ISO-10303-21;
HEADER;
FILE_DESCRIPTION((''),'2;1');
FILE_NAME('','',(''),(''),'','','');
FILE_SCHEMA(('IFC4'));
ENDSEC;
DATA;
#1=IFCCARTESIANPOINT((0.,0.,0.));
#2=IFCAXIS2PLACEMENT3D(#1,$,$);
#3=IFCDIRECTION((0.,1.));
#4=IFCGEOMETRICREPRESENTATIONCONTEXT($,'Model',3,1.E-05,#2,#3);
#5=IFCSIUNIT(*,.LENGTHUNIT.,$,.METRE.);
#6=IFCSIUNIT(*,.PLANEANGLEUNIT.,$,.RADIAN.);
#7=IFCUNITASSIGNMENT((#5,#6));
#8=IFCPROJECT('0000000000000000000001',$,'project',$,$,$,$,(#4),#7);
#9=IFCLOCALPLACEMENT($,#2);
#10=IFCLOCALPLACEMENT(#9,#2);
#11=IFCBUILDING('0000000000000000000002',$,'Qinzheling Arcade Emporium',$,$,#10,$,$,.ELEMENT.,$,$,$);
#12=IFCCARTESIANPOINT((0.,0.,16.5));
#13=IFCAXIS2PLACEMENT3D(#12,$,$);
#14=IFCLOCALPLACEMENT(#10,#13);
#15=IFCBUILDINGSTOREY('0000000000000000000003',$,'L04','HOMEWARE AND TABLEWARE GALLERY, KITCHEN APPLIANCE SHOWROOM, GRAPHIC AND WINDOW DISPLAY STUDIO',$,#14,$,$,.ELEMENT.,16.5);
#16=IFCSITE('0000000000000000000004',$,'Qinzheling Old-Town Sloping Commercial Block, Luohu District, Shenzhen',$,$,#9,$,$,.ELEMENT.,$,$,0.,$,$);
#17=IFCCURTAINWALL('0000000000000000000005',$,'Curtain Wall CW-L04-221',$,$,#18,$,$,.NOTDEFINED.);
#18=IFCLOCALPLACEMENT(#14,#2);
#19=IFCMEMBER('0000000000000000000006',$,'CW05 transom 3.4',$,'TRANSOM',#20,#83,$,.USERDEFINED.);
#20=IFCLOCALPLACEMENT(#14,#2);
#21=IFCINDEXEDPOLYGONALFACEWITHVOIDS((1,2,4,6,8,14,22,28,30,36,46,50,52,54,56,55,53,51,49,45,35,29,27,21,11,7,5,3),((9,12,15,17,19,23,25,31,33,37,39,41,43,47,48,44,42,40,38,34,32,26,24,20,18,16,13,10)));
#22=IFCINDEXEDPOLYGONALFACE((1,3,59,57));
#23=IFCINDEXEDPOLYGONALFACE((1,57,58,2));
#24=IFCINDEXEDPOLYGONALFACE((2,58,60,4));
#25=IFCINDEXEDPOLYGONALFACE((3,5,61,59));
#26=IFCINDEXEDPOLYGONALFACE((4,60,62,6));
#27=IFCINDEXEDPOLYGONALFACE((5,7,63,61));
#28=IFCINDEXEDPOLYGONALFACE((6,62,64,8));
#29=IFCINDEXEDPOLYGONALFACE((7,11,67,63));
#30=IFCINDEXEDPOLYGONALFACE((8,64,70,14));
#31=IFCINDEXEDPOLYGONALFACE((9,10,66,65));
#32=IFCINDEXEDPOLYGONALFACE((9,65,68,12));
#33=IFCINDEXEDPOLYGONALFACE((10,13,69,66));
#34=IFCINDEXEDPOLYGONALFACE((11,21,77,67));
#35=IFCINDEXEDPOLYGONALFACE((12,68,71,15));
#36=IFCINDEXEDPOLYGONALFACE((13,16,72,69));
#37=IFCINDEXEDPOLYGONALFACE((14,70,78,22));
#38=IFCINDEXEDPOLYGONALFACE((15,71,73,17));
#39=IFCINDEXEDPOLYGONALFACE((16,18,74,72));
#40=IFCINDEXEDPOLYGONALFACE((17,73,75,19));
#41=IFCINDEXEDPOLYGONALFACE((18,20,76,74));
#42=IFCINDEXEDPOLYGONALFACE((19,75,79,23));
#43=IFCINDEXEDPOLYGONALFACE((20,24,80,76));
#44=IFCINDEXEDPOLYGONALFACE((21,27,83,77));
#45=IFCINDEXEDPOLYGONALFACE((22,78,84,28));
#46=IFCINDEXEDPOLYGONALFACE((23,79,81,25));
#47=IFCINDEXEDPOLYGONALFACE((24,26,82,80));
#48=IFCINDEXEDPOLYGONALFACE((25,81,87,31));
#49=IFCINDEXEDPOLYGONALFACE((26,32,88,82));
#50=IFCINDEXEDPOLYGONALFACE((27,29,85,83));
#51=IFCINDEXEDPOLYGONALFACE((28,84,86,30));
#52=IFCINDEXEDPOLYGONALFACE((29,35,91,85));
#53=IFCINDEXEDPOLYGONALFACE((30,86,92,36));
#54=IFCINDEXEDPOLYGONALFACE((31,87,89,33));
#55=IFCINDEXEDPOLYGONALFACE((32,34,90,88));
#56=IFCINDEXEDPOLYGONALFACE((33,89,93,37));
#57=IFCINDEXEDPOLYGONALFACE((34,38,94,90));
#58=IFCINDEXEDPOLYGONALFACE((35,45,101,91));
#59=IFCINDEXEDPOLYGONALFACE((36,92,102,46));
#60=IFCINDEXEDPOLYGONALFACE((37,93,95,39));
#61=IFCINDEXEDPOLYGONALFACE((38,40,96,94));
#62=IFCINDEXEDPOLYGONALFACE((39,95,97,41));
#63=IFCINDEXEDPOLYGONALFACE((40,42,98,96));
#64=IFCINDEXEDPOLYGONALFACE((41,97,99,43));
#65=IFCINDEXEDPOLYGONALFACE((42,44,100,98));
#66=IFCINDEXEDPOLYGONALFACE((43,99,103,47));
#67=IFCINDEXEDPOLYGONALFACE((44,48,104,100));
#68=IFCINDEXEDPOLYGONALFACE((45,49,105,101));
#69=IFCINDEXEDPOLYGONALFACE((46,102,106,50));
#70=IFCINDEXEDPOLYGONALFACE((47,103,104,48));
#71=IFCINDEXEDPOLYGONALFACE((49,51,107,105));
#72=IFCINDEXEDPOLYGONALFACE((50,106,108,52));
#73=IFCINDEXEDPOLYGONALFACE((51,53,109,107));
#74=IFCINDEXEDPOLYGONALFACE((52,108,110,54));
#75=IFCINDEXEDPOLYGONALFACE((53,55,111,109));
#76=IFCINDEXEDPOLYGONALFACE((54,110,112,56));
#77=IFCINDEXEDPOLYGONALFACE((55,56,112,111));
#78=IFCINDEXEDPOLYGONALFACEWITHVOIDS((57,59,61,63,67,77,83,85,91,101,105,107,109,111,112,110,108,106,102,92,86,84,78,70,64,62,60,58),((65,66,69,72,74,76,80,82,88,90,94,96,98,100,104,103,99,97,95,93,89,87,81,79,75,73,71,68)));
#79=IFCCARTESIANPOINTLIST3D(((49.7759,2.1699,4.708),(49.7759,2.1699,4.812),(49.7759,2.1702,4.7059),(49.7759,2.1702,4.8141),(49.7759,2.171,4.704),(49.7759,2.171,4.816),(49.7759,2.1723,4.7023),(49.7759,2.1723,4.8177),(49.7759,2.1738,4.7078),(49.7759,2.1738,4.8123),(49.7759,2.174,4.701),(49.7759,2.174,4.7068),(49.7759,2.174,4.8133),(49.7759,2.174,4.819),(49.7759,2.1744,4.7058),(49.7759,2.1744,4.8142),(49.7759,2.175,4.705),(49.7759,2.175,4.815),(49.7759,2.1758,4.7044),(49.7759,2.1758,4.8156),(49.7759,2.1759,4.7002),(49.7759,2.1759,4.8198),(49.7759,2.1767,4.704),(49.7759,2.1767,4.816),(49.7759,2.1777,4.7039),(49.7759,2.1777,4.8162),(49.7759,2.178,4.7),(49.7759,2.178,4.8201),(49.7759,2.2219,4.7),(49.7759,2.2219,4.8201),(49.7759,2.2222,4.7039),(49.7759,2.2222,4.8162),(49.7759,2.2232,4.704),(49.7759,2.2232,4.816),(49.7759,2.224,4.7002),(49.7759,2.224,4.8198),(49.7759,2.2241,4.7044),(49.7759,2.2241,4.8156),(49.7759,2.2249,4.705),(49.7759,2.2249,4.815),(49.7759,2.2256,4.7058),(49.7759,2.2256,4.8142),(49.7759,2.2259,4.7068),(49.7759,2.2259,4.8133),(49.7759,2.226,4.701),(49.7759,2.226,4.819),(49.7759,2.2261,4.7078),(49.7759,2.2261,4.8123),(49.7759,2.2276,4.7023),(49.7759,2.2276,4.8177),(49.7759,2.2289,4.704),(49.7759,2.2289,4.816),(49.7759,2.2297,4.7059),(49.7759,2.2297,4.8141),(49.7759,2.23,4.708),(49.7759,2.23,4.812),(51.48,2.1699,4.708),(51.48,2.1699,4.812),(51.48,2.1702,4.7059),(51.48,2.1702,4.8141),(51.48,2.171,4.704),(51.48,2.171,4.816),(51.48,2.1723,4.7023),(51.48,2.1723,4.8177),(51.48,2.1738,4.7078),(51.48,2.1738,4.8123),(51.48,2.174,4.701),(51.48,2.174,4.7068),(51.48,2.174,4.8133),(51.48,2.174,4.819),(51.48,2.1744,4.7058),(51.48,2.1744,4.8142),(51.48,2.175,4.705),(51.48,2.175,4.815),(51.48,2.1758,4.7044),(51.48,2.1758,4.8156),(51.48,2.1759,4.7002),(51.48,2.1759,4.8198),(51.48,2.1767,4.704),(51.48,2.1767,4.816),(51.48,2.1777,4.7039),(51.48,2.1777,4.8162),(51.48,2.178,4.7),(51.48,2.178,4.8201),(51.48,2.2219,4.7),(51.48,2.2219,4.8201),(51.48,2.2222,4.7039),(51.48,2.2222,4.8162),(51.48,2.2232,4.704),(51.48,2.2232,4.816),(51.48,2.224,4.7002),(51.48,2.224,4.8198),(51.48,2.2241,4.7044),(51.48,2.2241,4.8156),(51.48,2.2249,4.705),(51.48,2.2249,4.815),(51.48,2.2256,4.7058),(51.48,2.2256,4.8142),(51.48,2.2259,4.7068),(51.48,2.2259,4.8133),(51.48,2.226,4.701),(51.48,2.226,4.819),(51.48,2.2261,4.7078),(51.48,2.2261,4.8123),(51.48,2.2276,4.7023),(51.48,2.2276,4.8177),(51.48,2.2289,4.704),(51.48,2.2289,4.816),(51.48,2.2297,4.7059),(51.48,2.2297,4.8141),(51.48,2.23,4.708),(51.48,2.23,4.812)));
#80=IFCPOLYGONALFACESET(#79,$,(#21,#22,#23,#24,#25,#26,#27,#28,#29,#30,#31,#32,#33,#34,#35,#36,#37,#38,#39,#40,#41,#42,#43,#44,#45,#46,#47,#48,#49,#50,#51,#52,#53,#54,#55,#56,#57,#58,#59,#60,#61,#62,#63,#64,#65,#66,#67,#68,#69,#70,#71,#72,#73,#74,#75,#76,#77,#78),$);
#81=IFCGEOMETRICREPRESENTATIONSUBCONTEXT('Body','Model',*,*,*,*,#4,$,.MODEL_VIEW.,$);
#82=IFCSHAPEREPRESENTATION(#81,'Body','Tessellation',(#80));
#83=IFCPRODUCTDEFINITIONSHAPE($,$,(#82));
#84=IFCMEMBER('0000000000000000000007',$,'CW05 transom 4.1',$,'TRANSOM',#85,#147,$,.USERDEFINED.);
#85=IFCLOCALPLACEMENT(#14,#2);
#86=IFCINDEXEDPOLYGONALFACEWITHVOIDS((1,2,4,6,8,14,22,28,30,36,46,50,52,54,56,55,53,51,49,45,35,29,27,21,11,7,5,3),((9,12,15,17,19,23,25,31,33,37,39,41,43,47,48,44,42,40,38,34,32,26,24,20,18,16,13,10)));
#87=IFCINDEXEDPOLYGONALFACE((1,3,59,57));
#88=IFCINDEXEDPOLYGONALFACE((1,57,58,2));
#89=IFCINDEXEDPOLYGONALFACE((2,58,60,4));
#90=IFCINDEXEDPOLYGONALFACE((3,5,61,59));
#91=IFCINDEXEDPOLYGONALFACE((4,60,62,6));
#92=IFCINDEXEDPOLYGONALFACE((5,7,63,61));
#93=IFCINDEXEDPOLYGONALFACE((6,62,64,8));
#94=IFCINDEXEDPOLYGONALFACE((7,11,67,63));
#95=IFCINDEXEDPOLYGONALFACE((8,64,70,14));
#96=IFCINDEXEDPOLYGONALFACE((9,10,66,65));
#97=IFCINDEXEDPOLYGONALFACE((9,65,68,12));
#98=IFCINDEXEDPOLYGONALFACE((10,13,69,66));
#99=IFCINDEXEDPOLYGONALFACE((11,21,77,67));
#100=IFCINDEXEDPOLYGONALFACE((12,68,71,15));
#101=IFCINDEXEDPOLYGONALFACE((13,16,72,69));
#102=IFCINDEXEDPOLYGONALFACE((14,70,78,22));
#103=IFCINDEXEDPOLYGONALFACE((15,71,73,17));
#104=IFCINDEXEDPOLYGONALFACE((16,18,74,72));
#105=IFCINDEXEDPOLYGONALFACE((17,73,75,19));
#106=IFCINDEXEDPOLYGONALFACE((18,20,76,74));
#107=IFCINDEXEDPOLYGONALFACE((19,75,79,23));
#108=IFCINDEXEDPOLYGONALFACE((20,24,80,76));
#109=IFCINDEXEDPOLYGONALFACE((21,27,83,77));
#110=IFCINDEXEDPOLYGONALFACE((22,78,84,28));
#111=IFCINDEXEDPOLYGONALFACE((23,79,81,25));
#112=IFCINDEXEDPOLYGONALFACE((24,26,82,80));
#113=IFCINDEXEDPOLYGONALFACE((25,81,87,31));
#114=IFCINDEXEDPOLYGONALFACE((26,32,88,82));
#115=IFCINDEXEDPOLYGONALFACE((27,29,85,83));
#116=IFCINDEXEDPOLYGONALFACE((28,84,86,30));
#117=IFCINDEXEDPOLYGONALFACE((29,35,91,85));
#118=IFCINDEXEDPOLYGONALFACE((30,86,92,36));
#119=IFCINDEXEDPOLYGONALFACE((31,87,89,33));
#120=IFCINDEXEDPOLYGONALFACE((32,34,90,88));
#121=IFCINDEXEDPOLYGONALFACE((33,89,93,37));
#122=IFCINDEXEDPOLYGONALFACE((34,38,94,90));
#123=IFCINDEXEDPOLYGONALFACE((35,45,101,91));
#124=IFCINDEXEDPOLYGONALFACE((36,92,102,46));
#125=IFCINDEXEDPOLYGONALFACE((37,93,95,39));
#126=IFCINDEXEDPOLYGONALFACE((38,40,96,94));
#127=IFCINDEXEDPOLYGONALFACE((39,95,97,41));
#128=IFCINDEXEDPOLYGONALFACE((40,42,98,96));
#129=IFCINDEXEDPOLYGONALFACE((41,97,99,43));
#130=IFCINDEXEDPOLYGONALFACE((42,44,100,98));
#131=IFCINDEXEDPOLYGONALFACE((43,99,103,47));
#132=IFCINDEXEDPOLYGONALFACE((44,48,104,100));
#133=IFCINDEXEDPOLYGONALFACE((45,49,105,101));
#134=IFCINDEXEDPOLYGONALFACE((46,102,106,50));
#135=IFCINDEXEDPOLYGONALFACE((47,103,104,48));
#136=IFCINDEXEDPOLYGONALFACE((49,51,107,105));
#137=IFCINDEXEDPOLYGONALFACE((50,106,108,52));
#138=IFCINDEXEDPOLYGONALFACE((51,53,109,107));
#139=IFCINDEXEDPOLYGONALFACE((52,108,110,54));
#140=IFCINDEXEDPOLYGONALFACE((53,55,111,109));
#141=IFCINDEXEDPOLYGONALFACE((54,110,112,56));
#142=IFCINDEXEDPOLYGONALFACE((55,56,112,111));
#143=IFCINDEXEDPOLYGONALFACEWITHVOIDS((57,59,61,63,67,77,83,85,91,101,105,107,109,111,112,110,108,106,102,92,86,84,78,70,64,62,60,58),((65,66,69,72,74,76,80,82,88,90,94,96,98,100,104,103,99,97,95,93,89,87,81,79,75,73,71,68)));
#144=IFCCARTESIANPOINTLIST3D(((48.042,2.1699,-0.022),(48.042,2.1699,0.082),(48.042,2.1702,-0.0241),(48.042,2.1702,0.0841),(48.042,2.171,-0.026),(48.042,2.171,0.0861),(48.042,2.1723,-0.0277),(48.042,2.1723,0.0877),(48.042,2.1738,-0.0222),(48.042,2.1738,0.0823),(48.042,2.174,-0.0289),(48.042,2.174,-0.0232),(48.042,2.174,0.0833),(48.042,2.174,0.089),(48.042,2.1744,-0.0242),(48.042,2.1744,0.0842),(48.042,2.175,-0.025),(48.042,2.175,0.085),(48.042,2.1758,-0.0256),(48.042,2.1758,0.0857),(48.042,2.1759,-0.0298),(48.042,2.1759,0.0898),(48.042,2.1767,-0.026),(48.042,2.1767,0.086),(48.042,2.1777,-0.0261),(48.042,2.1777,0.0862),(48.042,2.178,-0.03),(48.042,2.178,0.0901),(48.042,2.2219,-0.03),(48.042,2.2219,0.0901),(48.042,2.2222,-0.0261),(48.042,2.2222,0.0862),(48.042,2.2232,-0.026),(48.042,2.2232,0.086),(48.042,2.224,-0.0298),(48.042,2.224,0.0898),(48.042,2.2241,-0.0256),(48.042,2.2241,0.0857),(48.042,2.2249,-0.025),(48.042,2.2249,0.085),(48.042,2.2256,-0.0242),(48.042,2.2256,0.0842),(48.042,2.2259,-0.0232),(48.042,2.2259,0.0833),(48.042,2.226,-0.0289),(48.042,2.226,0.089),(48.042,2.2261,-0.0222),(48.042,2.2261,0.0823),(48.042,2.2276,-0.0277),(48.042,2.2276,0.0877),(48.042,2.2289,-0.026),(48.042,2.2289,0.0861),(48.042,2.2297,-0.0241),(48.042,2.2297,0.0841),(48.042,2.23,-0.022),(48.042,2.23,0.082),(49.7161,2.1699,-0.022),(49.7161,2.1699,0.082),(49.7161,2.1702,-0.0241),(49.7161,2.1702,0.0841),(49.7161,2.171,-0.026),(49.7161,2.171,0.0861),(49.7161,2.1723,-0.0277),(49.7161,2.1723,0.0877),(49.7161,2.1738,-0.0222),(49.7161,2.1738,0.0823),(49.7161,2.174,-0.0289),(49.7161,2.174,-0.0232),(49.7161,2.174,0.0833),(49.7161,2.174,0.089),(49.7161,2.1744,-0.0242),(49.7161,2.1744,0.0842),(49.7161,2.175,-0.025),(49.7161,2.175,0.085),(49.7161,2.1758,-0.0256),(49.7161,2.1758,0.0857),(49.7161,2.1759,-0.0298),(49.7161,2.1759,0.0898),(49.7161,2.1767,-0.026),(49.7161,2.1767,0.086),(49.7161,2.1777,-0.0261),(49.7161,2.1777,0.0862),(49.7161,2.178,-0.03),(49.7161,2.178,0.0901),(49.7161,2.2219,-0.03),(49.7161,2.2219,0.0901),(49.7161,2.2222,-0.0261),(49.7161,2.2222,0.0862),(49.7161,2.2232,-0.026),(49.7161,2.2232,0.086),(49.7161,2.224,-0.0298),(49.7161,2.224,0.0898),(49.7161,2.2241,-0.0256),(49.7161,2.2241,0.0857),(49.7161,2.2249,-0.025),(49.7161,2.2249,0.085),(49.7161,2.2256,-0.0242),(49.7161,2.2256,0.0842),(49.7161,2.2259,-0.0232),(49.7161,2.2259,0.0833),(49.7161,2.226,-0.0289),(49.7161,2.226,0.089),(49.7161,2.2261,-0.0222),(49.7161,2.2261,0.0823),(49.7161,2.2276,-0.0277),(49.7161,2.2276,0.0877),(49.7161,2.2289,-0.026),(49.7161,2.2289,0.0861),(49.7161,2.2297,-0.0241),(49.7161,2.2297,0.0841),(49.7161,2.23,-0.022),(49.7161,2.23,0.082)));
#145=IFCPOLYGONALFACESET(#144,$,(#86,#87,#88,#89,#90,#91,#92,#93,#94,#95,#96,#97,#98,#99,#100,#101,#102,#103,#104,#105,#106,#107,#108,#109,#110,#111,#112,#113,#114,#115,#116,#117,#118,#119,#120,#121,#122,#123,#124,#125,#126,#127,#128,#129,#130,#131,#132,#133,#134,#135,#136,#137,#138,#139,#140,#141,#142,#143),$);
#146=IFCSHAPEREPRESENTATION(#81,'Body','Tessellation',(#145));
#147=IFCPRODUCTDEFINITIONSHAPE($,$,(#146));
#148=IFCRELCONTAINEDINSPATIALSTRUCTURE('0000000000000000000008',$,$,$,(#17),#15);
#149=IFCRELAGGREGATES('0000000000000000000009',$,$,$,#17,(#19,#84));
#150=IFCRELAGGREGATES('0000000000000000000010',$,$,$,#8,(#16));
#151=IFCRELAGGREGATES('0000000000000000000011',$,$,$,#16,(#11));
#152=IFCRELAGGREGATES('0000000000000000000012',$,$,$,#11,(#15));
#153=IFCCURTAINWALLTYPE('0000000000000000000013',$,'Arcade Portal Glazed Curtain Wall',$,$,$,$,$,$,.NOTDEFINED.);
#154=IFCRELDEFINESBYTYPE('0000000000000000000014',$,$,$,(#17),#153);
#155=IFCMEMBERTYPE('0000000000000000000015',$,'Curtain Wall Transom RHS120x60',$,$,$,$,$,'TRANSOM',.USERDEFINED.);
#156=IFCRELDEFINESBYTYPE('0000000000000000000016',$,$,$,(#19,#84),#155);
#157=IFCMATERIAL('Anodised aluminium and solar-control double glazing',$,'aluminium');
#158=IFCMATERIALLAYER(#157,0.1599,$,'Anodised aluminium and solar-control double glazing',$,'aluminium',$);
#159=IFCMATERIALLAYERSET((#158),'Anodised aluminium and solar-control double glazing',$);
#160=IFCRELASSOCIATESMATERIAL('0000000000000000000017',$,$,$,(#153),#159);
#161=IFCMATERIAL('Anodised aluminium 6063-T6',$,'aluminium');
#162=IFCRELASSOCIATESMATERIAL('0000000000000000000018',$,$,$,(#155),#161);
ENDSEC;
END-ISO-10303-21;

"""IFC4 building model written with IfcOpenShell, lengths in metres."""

from ifc_helpers import new_model, si_unit, direction, frame, origin, origin_2d, place, context, subcontext, project, spatial, hollow_rectangle, extrude, material, layer, layer_set, material_profile, profile_set, type_object, element, aggregate, save


model = new_model("IFC4")

# Units and contexts
model_context = context("Model", 3, precision=1e-05, world=origin(), true_north=direction((0.0, 1.0)))
body_context = subcontext(model_context, "Body", "Model", "MODEL_VIEW")
ifc_project = project(units=[si_unit("LENGTHUNIT", "METRE"), si_unit("PLANEANGLEUNIT", "RADIAN")], contexts=[model_context])

# Site, building, storey
site_placement = place(None, origin())
site = spatial("IfcSite", under=ifc_project, at=site_placement, Name="Qinzheling Old-Town Sloping Commercial Block, Luohu District, Shenzhen", CompositionType="ELEMENT", RefElevation=0.0)
building_placement = place(site_placement, origin())
building = spatial("IfcBuilding", under=site, at=building_placement, Name="Qinzheling Arcade Emporium", CompositionType="ELEMENT")
storey_placement = place(building_placement, frame((0.0, 0.0, 16.5)))
storey = spatial("IfcBuildingStorey", under=building, at=storey_placement, Name="L04", Description="HOMEWARE AND TABLEWARE GALLERY, KITCHEN APPLIANCE SHOWROOM, GRAPHIC AND WINDOW DISPLAY STUDIO", CompositionType="ELEMENT", Elevation=16.5)

# Curtain wall
ifc_material_1 = material(Name="Anodised aluminium and solar-control double glazing", Category="aluminium")
ifc_layer_1 = layer(ifc_material_1, 0.1599, Name="Anodised aluminium and solar-control double glazing", Category="aluminium")
ifc_layer_set_1 = layer_set([ifc_layer_1], Name="Anodised aluminium and solar-control double glazing")
curtain_wall_type_1 = type_object("IfcCurtainWallType", Name="Arcade Portal Glazed Curtain Wall", PredefinedType="NOTDEFINED", material=ifc_layer_set_1)
curtain_wall_1_placement = place(storey_placement, origin())
curtain_wall_1 = element("IfcCurtainWall", 1, at=curtain_wall_1_placement, inside=storey, type_object=curtain_wall_type_1, Name="Curtain Wall CW-L04-221", PredefinedType="NOTDEFINED")
ifc_material_2 = material(Name="Anodised aluminium 6063-T6", Category="aluminium")

# Members
ifc_material_profile_1 = material_profile(ifc_material_2, hollow_rectangle(XDim=0.0601, YDim=0.1201, WallThickness=0.0039, InnerFilletRadius=0.0039, OuterFilletRadius=0.0081, at=origin_2d()), Name="RHS 120x60x4", Category="aluminium")
ifc_profile_set_1 = profile_set([ifc_material_profile_1], Name="Anodised aluminium 6063-T6")
member_type_1 = type_object("IfcMemberType", Name="Curtain Wall Transom RHS120x60", ElementType="TRANSOM", PredefinedType="USERDEFINED", material=ifc_profile_set_1)
member_1_placement = place(storey_placement, frame((51.48, 2.2, 4.76), z_axis=(-1.0, 0.0, 0.0), x_axis=(0.0, -1.0, 0.0)))
member_1 = element("IfcMember", 2, at=member_1_placement, type_object=member_type_1, Name="CW05 transom 3.4", ObjectType="TRANSOM", PredefinedType="USERDEFINED", context=body_context, shape_type="SweptSolid", body=[
    extrude(hollow_rectangle(XDim=0.0601, YDim=0.1201, WallThickness=0.0039, InnerFilletRadius=0.0039, OuterFilletRadius=0.0081, at=origin_2d()), origin(), (0.0, 0.0, 1.0), 1.7041),
])
member_2_placement = place(storey_placement, frame((49.7161, 2.2, 0.03), z_axis=(-1.0, 0.0, 0.0), x_axis=(0.0, -1.0, 0.0)))
member_2 = element("IfcMember", 3, at=member_2_placement, type_object=member_type_1, Name="CW05 transom 4.1", ObjectType="TRANSOM", PredefinedType="USERDEFINED", context=body_context, shape_type="SweptSolid", body=[
    extrude(hollow_rectangle(XDim=0.0601, YDim=0.1201, WallThickness=0.0039, InnerFilletRadius=0.0039, OuterFilletRadius=0.0081, at=origin_2d()), origin(), (0.0, 0.0, 1.0), 1.6741),
])

aggregate(curtain_wall_1, [member_1, member_2])

save(model, "model.ifc")
